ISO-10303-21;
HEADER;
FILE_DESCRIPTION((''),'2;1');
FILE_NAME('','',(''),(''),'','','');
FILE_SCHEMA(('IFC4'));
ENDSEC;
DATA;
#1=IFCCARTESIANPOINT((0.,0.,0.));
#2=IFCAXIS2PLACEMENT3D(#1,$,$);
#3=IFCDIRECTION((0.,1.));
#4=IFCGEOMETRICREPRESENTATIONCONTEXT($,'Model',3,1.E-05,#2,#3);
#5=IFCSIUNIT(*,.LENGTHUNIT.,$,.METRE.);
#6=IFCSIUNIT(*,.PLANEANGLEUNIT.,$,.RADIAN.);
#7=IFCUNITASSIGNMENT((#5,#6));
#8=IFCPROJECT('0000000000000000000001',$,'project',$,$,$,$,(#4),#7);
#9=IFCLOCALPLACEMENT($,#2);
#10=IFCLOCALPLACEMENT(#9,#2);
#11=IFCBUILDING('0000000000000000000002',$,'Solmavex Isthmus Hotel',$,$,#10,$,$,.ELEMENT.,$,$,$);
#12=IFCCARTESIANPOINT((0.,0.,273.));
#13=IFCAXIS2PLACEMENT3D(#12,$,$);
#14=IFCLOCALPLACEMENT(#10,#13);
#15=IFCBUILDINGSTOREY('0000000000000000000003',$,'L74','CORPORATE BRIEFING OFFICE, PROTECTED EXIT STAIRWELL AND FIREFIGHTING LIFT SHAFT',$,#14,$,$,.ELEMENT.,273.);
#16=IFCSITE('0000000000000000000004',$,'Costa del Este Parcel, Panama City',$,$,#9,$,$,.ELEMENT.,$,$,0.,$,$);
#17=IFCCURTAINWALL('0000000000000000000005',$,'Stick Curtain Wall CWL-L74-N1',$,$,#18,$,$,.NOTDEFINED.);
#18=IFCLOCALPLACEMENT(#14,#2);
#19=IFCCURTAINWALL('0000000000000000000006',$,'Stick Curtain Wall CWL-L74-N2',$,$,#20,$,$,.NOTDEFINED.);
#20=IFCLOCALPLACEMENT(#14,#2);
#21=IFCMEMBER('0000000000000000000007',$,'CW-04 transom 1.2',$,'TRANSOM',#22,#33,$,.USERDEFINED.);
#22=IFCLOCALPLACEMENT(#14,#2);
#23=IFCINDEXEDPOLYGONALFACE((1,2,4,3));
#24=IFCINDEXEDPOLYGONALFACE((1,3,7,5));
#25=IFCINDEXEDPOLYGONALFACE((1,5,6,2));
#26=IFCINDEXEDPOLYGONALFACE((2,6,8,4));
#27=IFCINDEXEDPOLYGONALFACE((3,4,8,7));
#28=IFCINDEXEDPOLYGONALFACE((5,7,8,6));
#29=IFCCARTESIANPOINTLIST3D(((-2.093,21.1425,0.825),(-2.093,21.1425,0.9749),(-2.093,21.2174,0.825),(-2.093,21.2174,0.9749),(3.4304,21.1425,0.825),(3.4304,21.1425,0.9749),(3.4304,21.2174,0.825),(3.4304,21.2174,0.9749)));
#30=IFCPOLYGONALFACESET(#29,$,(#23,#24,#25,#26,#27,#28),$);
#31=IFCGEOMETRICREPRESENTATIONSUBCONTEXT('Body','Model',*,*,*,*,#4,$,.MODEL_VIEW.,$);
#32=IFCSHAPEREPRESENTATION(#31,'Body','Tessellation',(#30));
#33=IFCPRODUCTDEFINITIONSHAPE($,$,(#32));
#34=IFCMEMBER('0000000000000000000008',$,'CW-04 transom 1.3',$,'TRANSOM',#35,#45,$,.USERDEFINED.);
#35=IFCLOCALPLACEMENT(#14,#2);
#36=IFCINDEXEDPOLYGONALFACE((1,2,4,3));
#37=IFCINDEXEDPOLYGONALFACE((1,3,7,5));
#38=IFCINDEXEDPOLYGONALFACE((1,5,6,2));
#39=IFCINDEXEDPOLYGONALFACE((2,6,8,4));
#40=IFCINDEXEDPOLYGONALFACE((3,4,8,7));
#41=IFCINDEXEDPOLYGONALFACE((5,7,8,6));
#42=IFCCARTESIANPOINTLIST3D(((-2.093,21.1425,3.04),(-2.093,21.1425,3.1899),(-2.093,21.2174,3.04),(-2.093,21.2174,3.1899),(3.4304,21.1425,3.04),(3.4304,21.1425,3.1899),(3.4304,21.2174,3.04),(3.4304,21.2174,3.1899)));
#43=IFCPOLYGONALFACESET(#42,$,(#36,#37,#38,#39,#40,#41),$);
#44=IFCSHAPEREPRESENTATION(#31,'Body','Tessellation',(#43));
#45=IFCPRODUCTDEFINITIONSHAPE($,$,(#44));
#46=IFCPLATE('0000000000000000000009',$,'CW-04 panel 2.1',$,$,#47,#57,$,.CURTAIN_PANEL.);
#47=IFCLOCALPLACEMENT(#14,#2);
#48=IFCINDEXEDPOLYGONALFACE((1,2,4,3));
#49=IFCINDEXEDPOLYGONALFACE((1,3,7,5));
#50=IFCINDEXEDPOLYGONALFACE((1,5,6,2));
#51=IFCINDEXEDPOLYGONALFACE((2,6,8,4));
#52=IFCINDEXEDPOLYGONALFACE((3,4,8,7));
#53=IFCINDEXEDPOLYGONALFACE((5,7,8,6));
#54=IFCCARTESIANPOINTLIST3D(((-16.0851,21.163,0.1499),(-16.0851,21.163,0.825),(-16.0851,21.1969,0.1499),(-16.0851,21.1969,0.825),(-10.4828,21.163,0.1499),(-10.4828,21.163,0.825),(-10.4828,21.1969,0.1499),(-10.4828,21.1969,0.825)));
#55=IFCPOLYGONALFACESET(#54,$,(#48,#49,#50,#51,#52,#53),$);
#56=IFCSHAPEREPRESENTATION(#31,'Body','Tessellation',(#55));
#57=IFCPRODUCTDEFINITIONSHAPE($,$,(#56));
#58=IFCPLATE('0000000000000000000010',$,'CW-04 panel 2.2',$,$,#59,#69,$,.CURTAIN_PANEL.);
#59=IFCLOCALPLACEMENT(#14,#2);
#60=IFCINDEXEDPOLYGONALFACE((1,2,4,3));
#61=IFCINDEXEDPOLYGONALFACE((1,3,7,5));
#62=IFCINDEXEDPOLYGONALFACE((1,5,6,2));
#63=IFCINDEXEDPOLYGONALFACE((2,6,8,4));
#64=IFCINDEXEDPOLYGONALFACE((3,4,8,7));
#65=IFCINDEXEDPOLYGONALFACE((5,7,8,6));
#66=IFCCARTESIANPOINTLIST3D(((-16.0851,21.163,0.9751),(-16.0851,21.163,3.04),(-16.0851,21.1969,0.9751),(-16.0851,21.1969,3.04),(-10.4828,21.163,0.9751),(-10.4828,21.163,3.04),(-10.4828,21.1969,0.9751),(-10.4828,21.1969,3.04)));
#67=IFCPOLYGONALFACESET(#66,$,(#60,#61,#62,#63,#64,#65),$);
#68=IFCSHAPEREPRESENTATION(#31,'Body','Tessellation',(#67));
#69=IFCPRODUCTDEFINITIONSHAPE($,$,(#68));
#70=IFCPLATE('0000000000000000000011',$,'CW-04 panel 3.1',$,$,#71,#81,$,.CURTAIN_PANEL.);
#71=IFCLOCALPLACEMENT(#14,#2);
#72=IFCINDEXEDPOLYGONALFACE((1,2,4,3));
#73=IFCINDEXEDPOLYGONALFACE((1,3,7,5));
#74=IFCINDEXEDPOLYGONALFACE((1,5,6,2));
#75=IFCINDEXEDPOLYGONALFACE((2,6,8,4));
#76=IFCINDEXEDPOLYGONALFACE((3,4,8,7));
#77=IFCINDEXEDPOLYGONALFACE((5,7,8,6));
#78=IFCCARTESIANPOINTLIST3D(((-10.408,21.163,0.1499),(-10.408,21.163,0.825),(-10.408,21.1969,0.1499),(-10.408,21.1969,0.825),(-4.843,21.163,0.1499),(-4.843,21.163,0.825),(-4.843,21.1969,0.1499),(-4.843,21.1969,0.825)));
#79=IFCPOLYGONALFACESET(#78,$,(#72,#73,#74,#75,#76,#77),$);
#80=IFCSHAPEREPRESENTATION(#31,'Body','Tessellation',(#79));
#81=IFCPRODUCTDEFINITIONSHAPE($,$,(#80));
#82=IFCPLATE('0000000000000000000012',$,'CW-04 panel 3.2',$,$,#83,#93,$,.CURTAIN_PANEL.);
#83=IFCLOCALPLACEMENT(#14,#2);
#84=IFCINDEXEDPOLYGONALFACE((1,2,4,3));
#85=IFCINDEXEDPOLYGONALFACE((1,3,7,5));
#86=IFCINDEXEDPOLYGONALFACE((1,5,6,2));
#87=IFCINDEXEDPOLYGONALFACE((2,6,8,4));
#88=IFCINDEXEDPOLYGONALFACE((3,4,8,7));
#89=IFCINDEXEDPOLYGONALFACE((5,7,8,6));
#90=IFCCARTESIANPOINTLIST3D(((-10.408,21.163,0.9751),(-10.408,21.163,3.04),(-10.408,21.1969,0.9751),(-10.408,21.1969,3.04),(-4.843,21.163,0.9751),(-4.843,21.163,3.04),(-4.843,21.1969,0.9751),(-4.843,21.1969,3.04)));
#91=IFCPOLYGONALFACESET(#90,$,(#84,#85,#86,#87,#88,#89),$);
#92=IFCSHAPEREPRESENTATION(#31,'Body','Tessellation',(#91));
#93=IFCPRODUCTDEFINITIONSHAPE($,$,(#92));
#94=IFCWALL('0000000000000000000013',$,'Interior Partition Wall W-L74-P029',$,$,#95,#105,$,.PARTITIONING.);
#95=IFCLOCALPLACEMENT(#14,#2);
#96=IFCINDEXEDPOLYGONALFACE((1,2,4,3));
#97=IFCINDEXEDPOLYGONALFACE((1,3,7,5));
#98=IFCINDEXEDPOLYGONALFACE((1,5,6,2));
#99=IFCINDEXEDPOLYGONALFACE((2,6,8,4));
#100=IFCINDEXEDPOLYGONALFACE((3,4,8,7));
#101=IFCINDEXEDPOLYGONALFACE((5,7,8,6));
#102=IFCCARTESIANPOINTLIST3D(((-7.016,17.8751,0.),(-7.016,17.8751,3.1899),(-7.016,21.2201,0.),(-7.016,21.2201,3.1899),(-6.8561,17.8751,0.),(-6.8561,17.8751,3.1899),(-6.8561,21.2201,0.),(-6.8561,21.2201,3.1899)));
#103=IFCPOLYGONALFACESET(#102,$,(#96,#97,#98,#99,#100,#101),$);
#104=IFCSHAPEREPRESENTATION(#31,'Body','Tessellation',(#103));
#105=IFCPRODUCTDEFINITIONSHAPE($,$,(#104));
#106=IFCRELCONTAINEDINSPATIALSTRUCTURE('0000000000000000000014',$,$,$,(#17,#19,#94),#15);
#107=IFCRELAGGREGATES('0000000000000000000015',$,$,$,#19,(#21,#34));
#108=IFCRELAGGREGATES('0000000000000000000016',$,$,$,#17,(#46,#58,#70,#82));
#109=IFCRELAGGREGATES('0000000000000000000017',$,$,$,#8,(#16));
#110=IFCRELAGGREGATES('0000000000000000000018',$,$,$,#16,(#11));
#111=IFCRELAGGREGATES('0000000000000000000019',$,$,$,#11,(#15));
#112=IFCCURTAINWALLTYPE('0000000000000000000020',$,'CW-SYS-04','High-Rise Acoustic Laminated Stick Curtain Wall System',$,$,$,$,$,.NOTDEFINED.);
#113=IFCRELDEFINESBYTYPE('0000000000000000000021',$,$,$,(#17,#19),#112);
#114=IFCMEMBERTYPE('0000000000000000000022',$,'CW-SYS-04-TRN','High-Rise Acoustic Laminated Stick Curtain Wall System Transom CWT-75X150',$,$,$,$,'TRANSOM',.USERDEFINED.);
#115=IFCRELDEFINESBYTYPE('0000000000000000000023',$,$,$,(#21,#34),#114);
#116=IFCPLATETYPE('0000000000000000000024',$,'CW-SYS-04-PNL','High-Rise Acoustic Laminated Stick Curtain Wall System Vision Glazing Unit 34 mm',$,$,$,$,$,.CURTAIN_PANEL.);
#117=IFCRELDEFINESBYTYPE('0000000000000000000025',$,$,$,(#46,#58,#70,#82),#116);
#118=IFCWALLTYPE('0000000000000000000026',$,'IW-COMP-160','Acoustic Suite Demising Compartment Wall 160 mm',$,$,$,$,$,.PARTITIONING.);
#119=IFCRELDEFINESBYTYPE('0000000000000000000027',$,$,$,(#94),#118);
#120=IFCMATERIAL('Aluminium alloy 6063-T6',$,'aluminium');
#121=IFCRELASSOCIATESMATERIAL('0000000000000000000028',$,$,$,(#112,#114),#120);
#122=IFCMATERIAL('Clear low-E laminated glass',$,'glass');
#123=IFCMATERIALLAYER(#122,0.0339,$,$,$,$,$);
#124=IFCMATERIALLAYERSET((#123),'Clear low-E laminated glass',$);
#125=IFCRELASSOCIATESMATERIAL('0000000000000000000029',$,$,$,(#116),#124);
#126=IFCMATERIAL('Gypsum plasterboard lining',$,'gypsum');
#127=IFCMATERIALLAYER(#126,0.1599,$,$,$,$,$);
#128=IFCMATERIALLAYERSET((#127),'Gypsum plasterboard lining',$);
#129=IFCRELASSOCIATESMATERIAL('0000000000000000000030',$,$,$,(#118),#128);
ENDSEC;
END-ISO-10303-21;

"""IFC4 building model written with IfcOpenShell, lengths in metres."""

from ifc_helpers import new_model, si_unit, direction, frame, frame_2d, origin, origin_2d, place, context, subcontext, project, spatial, rectangle, extrude, material, layer, layer_set, material_profile, profile_set, type_object, element, aggregate, save


model = new_model("IFC4")

# Units and contexts
model_context = context("Model", 3, precision=1e-05, world=origin(), true_north=direction((0.0, 1.0)))
body_context = subcontext(model_context, "Body", "Model", "MODEL_VIEW")
ifc_project = project(units=[si_unit("LENGTHUNIT", "METRE"), si_unit("PLANEANGLEUNIT", "RADIAN")], contexts=[model_context])

# Site, building, storey
site_placement = place(None, origin())
site = spatial("IfcSite", under=ifc_project, at=site_placement, Name="Costa del Este Parcel, Panama City", CompositionType="ELEMENT", RefElevation=0.0)
building_placement = place(site_placement, origin())
building = spatial("IfcBuilding", under=site, at=building_placement, Name="Solmavex Isthmus Hotel", CompositionType="ELEMENT")
storey_placement = place(building_placement, frame((0.0, 0.0, 273.0)))
storey = spatial("IfcBuildingStorey", under=building, at=storey_placement, Name="L74", Description="CORPORATE BRIEFING OFFICE, PROTECTED EXIT STAIRWELL AND FIREFIGHTING LIFT SHAFT", CompositionType="ELEMENT", Elevation=273.0)

# Curtain wall
ifc_material_1 = material(Name="Aluminium alloy 6063-T6", Category="aluminium")
curtain_wall_type = type_object("IfcCurtainWallType", Name="CW-SYS-04", Description="High-Rise Acoustic Laminated Stick Curtain Wall System", PredefinedType="NOTDEFINED", material=ifc_material_1)
curtain_wall_1_placement = place(storey_placement, origin())
curtain_wall_1 = element("IfcCurtainWall", 1, at=curtain_wall_1_placement, inside=storey, type_object=curtain_wall_type, Name="Stick Curtain Wall CWL-L74-N1", PredefinedType="NOTDEFINED")

# Curtain wall
curtain_wall_2_placement = place(storey_placement, origin())
curtain_wall_2 = element("IfcCurtainWall", 2, at=curtain_wall_2_placement, inside=storey, type_object=curtain_wall_type, Name="Stick Curtain Wall CWL-L74-N2", PredefinedType="NOTDEFINED")

# Members
ifc_material_profile_1 = material_profile(ifc_material_1, rectangle(XDim=0.075, YDim=0.1499, at=origin_2d()), Name="CWT-75X150")
ifc_profile_set_1 = profile_set([ifc_material_profile_1], Name="Aluminium alloy 6063-T6")
member_type_1 = type_object("IfcMemberType", Name="CW-SYS-04-TRN", Description="High-Rise Acoustic Laminated Stick Curtain Wall System Transom CWT-75X150", ElementType="TRANSOM", PredefinedType="USERDEFINED", material=ifc_profile_set_1)
member_1_placement = place(storey_placement, frame((-2.093, 21.1799, 0.8999), z_axis=(1.0, 0.0, 0.0), x_axis=(0.0, 1.0, 0.0)))
member_1 = element("IfcMember", 3, at=member_1_placement, type_object=member_type_1, Name="CW-04 transom 1.2", ObjectType="TRANSOM", PredefinedType="USERDEFINED", context=body_context, shape_type="SweptSolid", body=[
    extrude(rectangle(XDim=0.075, YDim=0.1499, at=origin_2d()), origin(), (0.0, 0.0, 1.0), 5.5234),
])
member_2_placement = place(storey_placement, frame((-2.093, 21.1799, 3.115), z_axis=(1.0, 0.0, 0.0), x_axis=(0.0, 1.0, 0.0)))
member_2 = element("IfcMember", 4, at=member_2_placement, type_object=member_type_1, Name="CW-04 transom 1.3", ObjectType="TRANSOM", PredefinedType="USERDEFINED", context=body_context, shape_type="SweptSolid", body=[
    extrude(rectangle(XDim=0.075, YDim=0.1499, at=origin_2d()), origin(), (0.0, 0.0, 1.0), 5.5234),
])
aggregate(curtain_wall_2, [member_1, member_2])

# Plates
ifc_material_2 = material(Name="Clear low-E laminated glass", Category="glass")
ifc_layer_1 = layer(ifc_material_2, 0.0339)
ifc_layer_set_1 = layer_set([ifc_layer_1], Name="Clear low-E laminated glass")
plate_type = type_object("IfcPlateType", Name="CW-SYS-04-PNL", Description="High-Rise Acoustic Laminated Stick Curtain Wall System Vision Glazing Unit 34 mm", PredefinedType="CURTAIN_PANEL", material=ifc_layer_set_1)
plate_1_placement = place(storey_placement, frame((-13.2839, 21.1799, 0.1499), z_axis=(0.0, 0.0, 1.0), x_axis=(1.0, 0.0, 0.0)))
plate_1 = element("IfcPlate", 5, at=plate_1_placement, type_object=plate_type, Name="CW-04 panel 2.1", PredefinedType="CURTAIN_PANEL", context=body_context, shape_type="SweptSolid", body=[
    extrude(rectangle(XDim=5.6023, YDim=0.0339, at=origin_2d()), origin(), (0.0, 0.0, 1.0), 0.675),
])
plate_2_placement = place(storey_placement, frame((-13.2839, 21.1799, 0.9751), z_axis=(0.0, 0.0, 1.0), x_axis=(1.0, 0.0, 0.0)))
plate_2 = element("IfcPlate", 6, at=plate_2_placement, type_object=plate_type, Name="CW-04 panel 2.2", PredefinedType="CURTAIN_PANEL", context=body_context, shape_type="SweptSolid", body=[
    extrude(rectangle(XDim=5.6023, YDim=0.0339, at=origin_2d()), origin(), (0.0, 0.0, 1.0), 2.0649),
])
plate_3_placement = place(storey_placement, frame((-7.6255, 21.1799, 0.1499), z_axis=(0.0, 0.0, 1.0), x_axis=(1.0, 0.0, 0.0)))
plate_3 = element("IfcPlate", 7, at=plate_3_placement, type_object=plate_type, Name="CW-04 panel 3.1", PredefinedType="CURTAIN_PANEL", context=body_context, shape_type="SweptSolid", body=[
    extrude(rectangle(XDim=5.5649, YDim=0.0339, at=origin_2d()), origin(), (0.0, 0.0, 1.0), 0.675),
])
plate_4_placement = place(storey_placement, frame((-7.6255, 21.1799, 0.9751), z_axis=(0.0, 0.0, 1.0), x_axis=(1.0, 0.0, 0.0)))
plate_4 = element("IfcPlate", 8, at=plate_4_placement, type_object=plate_type, Name="CW-04 panel 3.2", PredefinedType="CURTAIN_PANEL", context=body_context, shape_type="SweptSolid", body=[
    extrude(rectangle(XDim=5.5649, YDim=0.0339, at=origin_2d()), origin(), (0.0, 0.0, 1.0), 2.0649),
])
aggregate(curtain_wall_1, [plate_1, plate_2, plate_3, plate_4])

# Wall
ifc_material_3 = material(Name="Gypsum plasterboard lining", Category="gypsum")
ifc_layer_2 = layer(ifc_material_3, 0.1599)
ifc_layer_set_2 = layer_set([ifc_layer_2], Name="Gypsum plasterboard lining")
wall_type_1 = type_object("IfcWallType", Name="IW-COMP-160", Description="Acoustic Suite Demising Compartment Wall 160 mm", PredefinedType="PARTITIONING", material=ifc_layer_set_2)
wall_1_placement = place(storey_placement, frame((-6.936, 21.22, 0.0), z_axis=(0.0, 0.0, 1.0), x_axis=(0.0, -1.0, 0.0)))
element("IfcWall", 9, at=wall_1_placement, inside=storey, type_object=wall_type_1, Name="Interior Partition Wall W-L74-P029", PredefinedType="PARTITIONING", context=body_context, shape_type="SweptSolid", body=[
    extrude(rectangle(XDim=3.345, YDim=0.1599, at=frame_2d((1.6724, 0.0))), origin(), (0.0, 0.0, 1.0), 3.1899),
])

save(model, "model.ifc")
